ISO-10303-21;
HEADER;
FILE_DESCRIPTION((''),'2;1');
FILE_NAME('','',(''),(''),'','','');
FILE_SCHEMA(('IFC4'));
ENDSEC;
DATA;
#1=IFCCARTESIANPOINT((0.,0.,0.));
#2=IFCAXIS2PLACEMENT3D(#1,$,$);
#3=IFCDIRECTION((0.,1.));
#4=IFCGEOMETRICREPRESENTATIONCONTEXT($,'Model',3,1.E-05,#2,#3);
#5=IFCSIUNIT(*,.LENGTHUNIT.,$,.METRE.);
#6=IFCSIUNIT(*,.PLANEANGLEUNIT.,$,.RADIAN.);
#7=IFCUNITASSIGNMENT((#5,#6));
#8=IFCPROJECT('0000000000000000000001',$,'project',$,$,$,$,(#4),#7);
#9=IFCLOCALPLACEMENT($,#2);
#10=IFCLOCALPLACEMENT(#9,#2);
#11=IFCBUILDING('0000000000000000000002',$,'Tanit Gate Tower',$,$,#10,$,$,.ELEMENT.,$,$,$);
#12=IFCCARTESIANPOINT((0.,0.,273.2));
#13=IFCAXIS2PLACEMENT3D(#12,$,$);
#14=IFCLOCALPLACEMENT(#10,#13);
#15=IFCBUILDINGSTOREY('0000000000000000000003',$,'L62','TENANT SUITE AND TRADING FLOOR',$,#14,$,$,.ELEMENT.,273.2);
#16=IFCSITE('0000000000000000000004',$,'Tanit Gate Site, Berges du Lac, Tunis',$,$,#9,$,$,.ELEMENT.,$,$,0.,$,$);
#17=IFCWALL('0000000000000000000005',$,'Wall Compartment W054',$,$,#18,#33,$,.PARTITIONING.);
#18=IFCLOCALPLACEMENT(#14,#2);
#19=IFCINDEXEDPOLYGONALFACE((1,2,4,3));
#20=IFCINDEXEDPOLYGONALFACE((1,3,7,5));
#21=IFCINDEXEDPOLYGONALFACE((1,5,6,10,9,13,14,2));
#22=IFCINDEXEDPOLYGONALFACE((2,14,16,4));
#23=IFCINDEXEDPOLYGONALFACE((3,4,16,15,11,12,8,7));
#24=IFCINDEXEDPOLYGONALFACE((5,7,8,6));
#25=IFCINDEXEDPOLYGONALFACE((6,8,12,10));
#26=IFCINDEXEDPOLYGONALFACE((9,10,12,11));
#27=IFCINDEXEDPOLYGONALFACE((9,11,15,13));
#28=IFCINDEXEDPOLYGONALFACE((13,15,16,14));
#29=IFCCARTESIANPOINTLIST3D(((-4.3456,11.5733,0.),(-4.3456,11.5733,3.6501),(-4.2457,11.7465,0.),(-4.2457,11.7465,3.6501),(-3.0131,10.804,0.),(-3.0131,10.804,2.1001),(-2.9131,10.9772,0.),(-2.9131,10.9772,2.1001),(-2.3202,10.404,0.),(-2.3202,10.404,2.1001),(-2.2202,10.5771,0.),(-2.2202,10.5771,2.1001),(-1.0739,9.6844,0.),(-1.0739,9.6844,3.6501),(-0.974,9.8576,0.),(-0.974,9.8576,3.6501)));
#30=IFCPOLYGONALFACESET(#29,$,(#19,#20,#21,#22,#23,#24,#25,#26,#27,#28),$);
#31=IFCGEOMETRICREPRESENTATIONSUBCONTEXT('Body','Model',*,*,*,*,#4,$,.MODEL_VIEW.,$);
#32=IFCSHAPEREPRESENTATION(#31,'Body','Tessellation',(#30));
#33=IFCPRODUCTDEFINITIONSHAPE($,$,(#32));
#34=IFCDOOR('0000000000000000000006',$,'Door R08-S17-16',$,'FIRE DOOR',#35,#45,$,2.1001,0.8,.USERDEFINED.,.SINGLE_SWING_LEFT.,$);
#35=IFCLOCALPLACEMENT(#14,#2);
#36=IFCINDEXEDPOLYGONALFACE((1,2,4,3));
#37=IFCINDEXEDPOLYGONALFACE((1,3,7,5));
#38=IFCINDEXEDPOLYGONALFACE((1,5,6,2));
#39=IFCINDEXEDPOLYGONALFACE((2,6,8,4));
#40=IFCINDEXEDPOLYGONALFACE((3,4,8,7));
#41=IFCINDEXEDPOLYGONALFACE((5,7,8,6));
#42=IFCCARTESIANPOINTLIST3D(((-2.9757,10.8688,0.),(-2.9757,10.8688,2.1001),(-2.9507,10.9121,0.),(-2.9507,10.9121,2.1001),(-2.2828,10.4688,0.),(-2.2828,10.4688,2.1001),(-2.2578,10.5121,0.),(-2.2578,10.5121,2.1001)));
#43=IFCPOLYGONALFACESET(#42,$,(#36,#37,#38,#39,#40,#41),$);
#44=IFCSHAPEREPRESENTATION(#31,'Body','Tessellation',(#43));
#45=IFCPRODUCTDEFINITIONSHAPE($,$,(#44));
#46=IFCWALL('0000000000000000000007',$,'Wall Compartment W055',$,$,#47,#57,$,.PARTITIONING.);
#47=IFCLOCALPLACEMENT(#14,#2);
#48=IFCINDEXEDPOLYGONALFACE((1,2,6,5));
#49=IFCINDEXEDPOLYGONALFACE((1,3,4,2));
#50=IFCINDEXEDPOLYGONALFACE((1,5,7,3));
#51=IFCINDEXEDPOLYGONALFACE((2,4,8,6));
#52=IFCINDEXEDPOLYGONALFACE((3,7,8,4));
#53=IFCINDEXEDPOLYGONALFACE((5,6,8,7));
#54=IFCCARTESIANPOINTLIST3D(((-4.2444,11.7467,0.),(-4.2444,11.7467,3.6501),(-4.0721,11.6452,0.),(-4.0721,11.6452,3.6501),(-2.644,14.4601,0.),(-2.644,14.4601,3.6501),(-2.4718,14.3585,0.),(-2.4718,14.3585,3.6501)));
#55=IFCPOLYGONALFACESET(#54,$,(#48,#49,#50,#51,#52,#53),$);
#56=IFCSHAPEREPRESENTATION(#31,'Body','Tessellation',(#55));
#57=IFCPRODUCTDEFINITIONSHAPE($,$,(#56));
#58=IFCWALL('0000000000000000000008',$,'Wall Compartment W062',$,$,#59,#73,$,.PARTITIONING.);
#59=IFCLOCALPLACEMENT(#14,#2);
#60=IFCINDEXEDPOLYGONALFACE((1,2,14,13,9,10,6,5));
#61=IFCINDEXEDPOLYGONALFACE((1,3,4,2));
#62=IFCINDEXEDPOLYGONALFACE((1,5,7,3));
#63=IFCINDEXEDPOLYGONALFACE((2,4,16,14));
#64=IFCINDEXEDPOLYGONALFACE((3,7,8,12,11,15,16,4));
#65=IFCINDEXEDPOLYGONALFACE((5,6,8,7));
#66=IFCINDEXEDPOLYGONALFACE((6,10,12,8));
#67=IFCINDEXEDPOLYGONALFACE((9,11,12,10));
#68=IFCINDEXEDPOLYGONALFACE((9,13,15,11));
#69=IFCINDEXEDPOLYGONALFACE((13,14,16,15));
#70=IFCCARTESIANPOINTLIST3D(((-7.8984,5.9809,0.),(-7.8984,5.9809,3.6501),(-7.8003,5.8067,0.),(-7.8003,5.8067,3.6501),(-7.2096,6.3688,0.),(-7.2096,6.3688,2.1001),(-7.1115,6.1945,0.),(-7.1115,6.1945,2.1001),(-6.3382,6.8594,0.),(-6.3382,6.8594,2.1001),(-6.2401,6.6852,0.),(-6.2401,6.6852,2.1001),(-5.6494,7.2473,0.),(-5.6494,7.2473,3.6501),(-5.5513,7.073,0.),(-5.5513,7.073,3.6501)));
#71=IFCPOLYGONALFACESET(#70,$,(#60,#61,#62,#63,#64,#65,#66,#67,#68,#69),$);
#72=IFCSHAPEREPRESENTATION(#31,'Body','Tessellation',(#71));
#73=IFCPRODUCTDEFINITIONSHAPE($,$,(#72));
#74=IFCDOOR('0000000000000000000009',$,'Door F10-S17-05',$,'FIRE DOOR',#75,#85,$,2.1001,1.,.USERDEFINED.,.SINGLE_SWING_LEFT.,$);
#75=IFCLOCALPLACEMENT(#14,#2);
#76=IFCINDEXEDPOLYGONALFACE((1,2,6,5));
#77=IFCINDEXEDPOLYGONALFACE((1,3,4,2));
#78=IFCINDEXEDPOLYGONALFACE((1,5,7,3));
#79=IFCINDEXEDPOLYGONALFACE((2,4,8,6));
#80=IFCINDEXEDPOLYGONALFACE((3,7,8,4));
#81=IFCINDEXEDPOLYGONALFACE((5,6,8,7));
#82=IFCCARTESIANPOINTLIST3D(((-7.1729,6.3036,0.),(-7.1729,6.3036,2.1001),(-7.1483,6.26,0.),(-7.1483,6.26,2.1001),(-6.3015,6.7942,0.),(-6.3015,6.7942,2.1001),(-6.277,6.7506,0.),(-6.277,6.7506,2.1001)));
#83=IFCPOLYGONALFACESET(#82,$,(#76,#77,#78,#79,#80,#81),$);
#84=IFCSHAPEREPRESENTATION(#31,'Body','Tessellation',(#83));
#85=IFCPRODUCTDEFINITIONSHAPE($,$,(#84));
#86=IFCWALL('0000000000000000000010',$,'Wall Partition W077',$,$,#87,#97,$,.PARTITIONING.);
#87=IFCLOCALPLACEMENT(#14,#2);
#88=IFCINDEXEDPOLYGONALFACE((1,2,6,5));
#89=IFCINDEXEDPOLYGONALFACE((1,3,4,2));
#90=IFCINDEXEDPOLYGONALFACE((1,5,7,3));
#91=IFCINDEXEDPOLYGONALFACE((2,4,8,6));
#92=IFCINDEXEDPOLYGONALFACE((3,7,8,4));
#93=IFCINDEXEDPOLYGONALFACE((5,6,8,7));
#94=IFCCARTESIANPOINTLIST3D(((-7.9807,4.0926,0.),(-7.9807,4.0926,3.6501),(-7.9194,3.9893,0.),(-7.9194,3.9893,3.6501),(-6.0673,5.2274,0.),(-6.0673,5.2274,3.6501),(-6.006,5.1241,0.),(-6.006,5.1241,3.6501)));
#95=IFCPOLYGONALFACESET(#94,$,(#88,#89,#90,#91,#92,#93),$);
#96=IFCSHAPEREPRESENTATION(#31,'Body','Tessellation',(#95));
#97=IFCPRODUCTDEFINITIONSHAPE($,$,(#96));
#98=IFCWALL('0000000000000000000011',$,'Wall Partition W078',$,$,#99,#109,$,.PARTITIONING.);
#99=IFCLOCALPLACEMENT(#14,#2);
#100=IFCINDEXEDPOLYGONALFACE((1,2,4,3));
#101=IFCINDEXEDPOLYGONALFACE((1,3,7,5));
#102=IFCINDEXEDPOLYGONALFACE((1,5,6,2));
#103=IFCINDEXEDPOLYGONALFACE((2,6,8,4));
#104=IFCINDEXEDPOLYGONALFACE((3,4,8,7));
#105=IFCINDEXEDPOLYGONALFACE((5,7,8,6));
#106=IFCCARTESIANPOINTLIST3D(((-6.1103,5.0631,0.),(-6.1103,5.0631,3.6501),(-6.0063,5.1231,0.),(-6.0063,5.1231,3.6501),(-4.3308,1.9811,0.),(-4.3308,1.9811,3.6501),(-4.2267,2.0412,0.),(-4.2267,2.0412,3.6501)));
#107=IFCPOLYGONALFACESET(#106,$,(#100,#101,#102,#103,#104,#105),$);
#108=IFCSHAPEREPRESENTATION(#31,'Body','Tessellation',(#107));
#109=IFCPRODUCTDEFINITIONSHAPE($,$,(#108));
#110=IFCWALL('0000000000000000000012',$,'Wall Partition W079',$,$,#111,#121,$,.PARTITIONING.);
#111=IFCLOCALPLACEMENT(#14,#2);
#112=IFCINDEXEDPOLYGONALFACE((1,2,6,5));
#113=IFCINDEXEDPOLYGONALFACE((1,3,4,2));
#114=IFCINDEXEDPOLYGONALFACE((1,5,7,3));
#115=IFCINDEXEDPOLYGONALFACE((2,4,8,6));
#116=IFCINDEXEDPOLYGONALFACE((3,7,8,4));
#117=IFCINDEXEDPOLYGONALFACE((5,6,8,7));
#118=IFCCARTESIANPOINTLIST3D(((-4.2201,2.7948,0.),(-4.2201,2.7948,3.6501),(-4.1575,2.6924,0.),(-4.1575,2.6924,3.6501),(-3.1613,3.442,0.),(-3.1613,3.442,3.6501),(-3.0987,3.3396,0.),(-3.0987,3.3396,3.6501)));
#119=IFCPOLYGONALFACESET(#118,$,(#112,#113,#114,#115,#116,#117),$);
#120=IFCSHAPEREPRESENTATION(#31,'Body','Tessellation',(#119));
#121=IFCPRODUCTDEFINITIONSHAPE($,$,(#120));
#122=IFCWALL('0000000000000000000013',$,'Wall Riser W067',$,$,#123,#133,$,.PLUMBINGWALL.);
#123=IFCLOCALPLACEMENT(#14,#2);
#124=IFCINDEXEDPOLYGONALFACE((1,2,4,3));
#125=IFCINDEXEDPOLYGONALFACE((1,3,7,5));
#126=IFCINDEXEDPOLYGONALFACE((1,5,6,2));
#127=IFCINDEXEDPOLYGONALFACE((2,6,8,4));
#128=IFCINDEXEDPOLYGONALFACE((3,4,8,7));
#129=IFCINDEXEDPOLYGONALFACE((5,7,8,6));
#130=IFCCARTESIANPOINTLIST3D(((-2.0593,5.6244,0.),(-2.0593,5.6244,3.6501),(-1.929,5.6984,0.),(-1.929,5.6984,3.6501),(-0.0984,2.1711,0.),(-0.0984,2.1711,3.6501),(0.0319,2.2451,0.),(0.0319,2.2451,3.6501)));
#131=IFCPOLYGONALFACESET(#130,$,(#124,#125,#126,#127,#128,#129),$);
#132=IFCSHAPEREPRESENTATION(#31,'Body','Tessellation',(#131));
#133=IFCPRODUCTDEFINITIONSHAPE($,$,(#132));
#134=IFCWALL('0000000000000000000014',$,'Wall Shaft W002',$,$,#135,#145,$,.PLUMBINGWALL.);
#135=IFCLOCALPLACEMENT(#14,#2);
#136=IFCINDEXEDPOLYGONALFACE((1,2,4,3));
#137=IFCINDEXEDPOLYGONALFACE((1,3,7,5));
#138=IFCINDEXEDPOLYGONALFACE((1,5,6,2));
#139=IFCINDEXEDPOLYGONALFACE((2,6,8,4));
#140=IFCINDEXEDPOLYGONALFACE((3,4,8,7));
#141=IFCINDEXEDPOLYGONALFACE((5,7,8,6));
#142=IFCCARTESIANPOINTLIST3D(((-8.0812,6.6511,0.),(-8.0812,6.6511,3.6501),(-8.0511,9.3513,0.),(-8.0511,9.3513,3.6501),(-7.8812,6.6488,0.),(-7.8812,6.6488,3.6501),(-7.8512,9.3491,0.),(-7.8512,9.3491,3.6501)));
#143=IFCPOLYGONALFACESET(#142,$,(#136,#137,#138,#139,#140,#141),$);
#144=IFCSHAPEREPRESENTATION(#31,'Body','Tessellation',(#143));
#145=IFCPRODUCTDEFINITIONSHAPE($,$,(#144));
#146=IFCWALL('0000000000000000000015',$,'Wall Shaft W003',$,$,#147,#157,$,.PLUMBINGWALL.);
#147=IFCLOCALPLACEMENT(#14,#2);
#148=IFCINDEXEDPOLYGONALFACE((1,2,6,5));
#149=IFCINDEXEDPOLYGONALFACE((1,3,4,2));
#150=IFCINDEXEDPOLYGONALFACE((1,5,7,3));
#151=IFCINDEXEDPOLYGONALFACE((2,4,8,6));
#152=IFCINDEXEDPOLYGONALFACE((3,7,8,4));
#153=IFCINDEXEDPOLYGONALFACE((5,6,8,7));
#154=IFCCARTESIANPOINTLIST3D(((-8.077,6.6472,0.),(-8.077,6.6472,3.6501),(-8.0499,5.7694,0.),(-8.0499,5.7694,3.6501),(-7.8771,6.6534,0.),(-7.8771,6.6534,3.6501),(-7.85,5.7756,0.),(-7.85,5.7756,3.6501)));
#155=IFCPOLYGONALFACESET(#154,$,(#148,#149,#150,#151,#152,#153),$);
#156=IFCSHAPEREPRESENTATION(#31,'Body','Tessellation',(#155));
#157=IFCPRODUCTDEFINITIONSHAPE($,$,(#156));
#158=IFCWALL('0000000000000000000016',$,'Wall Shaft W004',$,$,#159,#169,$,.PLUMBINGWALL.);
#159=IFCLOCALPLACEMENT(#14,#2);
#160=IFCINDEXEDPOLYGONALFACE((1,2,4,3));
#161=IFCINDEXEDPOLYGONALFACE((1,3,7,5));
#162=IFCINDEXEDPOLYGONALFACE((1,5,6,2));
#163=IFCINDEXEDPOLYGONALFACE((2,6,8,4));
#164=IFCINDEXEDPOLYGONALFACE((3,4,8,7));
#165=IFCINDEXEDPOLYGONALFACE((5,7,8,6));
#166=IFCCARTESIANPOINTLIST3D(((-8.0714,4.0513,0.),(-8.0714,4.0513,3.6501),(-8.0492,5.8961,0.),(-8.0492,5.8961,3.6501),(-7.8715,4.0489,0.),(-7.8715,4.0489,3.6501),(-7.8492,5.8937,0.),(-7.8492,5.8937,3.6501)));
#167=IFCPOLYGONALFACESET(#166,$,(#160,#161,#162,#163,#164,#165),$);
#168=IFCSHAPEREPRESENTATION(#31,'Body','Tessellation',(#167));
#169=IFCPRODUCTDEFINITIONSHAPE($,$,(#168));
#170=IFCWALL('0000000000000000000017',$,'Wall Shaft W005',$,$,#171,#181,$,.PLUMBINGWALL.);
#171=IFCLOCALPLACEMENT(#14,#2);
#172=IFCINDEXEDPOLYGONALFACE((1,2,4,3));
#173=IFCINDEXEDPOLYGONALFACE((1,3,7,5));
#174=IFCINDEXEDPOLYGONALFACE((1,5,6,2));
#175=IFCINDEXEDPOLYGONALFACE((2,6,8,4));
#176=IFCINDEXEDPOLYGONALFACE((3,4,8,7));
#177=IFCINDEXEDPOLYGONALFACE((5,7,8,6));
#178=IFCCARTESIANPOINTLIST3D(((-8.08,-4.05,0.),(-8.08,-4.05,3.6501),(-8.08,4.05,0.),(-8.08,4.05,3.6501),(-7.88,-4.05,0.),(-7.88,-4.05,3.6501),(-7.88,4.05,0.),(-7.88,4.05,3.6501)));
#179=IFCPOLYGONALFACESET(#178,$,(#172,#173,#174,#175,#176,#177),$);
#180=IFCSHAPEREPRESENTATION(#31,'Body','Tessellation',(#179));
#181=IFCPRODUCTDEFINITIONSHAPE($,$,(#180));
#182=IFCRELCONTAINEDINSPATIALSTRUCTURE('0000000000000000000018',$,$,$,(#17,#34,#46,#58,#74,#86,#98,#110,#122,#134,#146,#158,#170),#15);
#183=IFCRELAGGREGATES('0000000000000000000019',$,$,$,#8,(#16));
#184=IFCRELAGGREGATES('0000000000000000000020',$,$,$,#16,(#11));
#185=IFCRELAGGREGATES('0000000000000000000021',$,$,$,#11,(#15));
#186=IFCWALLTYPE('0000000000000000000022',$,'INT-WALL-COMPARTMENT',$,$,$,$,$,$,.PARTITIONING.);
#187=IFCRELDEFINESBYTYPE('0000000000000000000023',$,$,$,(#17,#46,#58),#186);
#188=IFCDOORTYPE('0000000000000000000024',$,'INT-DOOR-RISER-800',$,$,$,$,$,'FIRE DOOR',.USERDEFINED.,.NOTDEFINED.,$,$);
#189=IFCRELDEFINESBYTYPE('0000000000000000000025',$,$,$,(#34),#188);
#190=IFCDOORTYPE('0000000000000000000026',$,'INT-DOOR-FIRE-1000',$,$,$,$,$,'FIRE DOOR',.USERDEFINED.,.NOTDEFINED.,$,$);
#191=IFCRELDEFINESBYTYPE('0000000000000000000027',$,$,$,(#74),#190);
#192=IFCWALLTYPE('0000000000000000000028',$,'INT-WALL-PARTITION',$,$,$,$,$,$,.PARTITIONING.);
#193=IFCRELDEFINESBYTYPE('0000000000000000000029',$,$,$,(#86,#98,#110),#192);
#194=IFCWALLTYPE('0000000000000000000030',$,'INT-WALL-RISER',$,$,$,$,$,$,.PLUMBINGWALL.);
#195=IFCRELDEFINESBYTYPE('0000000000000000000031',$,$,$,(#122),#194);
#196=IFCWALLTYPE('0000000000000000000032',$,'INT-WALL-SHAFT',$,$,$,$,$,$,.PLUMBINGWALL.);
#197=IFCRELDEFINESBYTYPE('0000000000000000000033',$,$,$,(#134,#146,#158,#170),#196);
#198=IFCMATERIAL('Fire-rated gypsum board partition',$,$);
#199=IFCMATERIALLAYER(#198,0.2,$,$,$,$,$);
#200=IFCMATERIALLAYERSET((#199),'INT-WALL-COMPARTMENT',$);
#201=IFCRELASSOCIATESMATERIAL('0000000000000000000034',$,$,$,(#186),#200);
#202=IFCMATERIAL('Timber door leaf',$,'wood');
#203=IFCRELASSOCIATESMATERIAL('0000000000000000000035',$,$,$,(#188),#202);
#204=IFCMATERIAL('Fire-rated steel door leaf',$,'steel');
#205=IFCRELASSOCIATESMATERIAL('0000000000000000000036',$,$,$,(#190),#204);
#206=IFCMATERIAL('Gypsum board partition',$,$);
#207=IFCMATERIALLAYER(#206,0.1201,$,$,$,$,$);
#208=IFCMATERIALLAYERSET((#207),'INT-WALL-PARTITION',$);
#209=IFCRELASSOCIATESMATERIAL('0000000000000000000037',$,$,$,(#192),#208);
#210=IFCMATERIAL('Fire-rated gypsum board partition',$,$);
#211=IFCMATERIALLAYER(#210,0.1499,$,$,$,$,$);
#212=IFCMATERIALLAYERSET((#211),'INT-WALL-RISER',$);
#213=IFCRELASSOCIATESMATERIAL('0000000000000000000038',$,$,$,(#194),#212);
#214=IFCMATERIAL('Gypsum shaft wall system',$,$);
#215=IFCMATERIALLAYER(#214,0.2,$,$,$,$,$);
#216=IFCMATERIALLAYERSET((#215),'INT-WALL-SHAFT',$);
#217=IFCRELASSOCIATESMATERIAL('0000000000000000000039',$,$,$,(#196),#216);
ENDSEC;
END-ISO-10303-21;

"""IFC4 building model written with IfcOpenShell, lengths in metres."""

from ifc_helpers import new_model, si_unit, direction, frame, frame_2d, origin, place, context, subcontext, project, spatial, rectangle, extrude, material, layer, layer_set, type_object, element, fill, save


model = new_model("IFC4")

# Units and contexts
model_context = context("Model", 3, precision=1e-05, world=origin(), true_north=direction((0.0, 1.0)))
body_context = subcontext(model_context, "Body", "Model", "MODEL_VIEW")
ifc_project = project(units=[si_unit("LENGTHUNIT", "METRE"), si_unit("PLANEANGLEUNIT", "RADIAN")], contexts=[model_context])

# Site, building, storey
site_placement = place(None, origin())
site = spatial("IfcSite", under=ifc_project, at=site_placement, Name="Tanit Gate Site, Berges du Lac, Tunis", CompositionType="ELEMENT", RefElevation=0.0)
building_placement = place(site_placement, origin())
building = spatial("IfcBuilding", under=site, at=building_placement, Name="Tanit Gate Tower", CompositionType="ELEMENT")
storey_placement = place(building_placement, frame((0.0, 0.0, 273.2)))
storey = spatial("IfcBuildingStorey", under=building, at=storey_placement, Name="L62", Description="TENANT SUITE AND TRADING FLOOR", CompositionType="ELEMENT", Elevation=273.2)

# Wall, opening, door
ifc_material_1 = material(Name="Fire-rated gypsum board partition")
ifc_layer_1 = layer(ifc_material_1, 0.2)
ifc_layer_set_1 = layer_set([ifc_layer_1], Name="INT-WALL-COMPARTMENT")
wall_type_1 = type_object("IfcWallType", Name="INT-WALL-COMPARTMENT", PredefinedType="PARTITIONING", material=ifc_layer_set_1)
wall_1_placement = place(storey_placement, frame((-4.2957, 11.6599, 0.0), z_axis=(0.0, 0.0, 1.0), x_axis=(0.866027, -0.499997, 0.0)))
wall_1 = element("IfcWall", 1, at=wall_1_placement, inside=storey, type_object=wall_type_1, Name="Wall Compartment W054", PredefinedType="PARTITIONING", context=body_context, shape_type="SweptSolid", body=[
    extrude(rectangle(XDim=3.7778, YDim=0.2, at=frame_2d((1.8889, 0.0))), origin(), (0.0, 0.0, 1.0), 3.6501),
])
opening_1_placement = place(wall_1_placement, frame((1.5388, 0.0, 0.0)))
opening_1 = element("IfcOpeningElement", 2, at=opening_1_placement, cuts=wall_1, PredefinedType="OPENING", context=body_context, shape_type="SweptSolid", body=[
    extrude(rectangle(XDim=0.8, YDim=2.1001, at=frame_2d((0.3999, 1.05))), frame((0.0, 0.1099, 0.0), z_axis=(0.0, -1.0, 0.0), x_axis=(1.0, 0.0, 0.0)), (0.0, 0.0, 1.0), 0.22),
])
ifc_material_2 = material(Name="Timber door leaf", Category="wood")
door_type_1 = type_object("IfcDoorType", Name="INT-DOOR-RISER-800", ElementType="FIRE DOOR", OperationType="NOTDEFINED", PredefinedType="USERDEFINED", material=ifc_material_2)
door_1_placement = place(opening_1_placement, origin())
door_1 = element("IfcDoor", 3, at=door_1_placement, inside=storey, type_object=door_type_1, Name="Door R08-S17-16", ObjectType="FIRE DOOR", OperationType="SINGLE_SWING_LEFT", OverallHeight=2.1001, OverallWidth=0.8, PredefinedType="USERDEFINED", context=body_context, shape_type="SweptSolid", body=[
    extrude(rectangle(XDim=0.8, YDim=2.1001, at=frame_2d((0.3999, 1.05))), frame((0.0, 0.0249, 0.0), z_axis=(0.0, -1.0, 0.0), x_axis=(1.0, 0.0, 0.0)), (0.0, 0.0, 1.0), 0.05),
])
fill(opening_1, door_1)

# Wall
wall_2_placement = place(storey_placement, frame((-2.5579, 14.4094, 0.0), z_axis=(0.0, 0.0, 1.0), x_axis=(-0.508019, -0.861346, 0.0)))
element("IfcWall", 4, at=wall_2_placement, inside=storey, type_object=wall_type_1, Name="Wall Compartment W055", PredefinedType="PARTITIONING", context=body_context, shape_type="SweptSolid", body=[
    extrude(rectangle(XDim=3.1501, YDim=0.2, at=frame_2d((1.5752, 0.0))), origin(), (0.0, 0.0, 1.0), 3.6501),
])

# Wall, opening, door
wall_3_placement = place(storey_placement, frame((-5.6003, 7.1602, 0.0), z_axis=(0.0, 0.0, 1.0), x_axis=(-0.871363, -0.490638, 0.0)))
wall_3 = element("IfcWall", 5, at=wall_3_placement, inside=storey, type_object=wall_type_1, Name="Wall Compartment W062", PredefinedType="PARTITIONING", context=body_context, shape_type="SweptSolid", body=[
    extrude(rectangle(XDim=2.5811, YDim=0.2, at=frame_2d((1.2905, 0.0))), origin(), (0.0, 0.0, 1.0), 3.6501),
])
opening_2_placement = place(wall_3_placement, frame((0.7905, 0.0, 0.0)))
opening_2 = element("IfcOpeningElement", 6, at=opening_2_placement, cuts=wall_3, PredefinedType="OPENING", context=body_context, shape_type="SweptSolid", body=[
    extrude(rectangle(XDim=1.0, YDim=2.1001, at=frame_2d((0.5, 1.05))), frame((0.0, 0.1099, 0.0), z_axis=(0.0, -1.0, 0.0), x_axis=(1.0, 0.0, 0.0)), (0.0, 0.0, 1.0), 0.22),
])
ifc_material_3 = material(Name="Fire-rated steel door leaf", Category="steel")
door_type_2 = type_object("IfcDoorType", Name="INT-DOOR-FIRE-1000", ElementType="FIRE DOOR", OperationType="NOTDEFINED", PredefinedType="USERDEFINED", material=ifc_material_3)
door_2_placement = place(opening_2_placement, origin())
door_2 = element("IfcDoor", 7, at=door_2_placement, inside=storey, type_object=door_type_2, Name="Door F10-S17-05", ObjectType="FIRE DOOR", OperationType="SINGLE_SWING_LEFT", OverallHeight=2.1001, OverallWidth=1.0, PredefinedType="USERDEFINED", context=body_context, shape_type="SweptSolid", body=[
    extrude(rectangle(XDim=1.0, YDim=2.1001, at=frame_2d((0.5, 1.05))), frame((0.0, 0.0249, 0.0), z_axis=(0.0, -1.0, 0.0), x_axis=(1.0, 0.0, 0.0)), (0.0, 0.0, 1.0), 0.05),
])
fill(opening_2, door_2)

# Walls
ifc_material_4 = material(Name="Gypsum board partition")
ifc_layer_2 = layer(ifc_material_4, 0.1201)
ifc_layer_set_2 = layer_set([ifc_layer_2], Name="INT-WALL-PARTITION")
wall_type_2 = type_object("IfcWallType", Name="INT-WALL-PARTITION", PredefinedType="PARTITIONING", material=ifc_layer_set_2)
wall_4_placement = place(storey_placement, frame((-6.0366, 5.1758, 0.0), z_axis=(0.0, 0.0, 1.0), x_axis=(-0.860106, -0.510115, 0.0)))
element("IfcWall", 8, at=wall_4_placement, inside=storey, type_object=wall_type_2, Name="Wall Partition W077", PredefinedType="PARTITIONING", context=body_context, shape_type="SweptSolid", body=[
    extrude(rectangle(XDim=2.2246, YDim=0.1201, at=frame_2d((1.1123, 0.0))), origin(), (0.0, 0.0, 1.0), 3.6501),
])
wall_5_placement = place(storey_placement, frame((-4.2788, 2.0112, 0.0), z_axis=(0.0, 0.0, 1.0), x_axis=(-0.500027, 0.86601, 0.0)))
element("IfcWall", 9, at=wall_5_placement, inside=storey, type_object=wall_type_2, Name="Wall Partition W078", PredefinedType="PARTITIONING", context=body_context, shape_type="SweptSolid", body=[
    extrude(rectangle(XDim=3.5588, YDim=0.1201, at=frame_2d((1.7793, 0.0))), origin(), (0.0, 0.0, 1.0), 3.6501),
])
wall_6_placement = place(storey_placement, frame((-3.1299, 3.3909, 0.0), z_axis=(0.0, 0.0, 1.0), x_axis=(-0.853228, -0.521538, 0.0)))
element("IfcWall", 10, at=wall_6_placement, inside=storey, type_object=wall_type_2, Name="Wall Partition W079", PredefinedType="PARTITIONING", context=body_context, shape_type="SweptSolid", body=[
    extrude(rectangle(XDim=1.241, YDim=0.1201, at=frame_2d((0.6206, 0.0))), origin(), (0.0, 0.0, 1.0), 3.6501),
])
ifc_material_5 = material(Name="Fire-rated gypsum board partition")
ifc_layer_3 = layer(ifc_material_5, 0.1499)
ifc_layer_set_3 = layer_set([ifc_layer_3], Name="INT-WALL-RISER")
wall_type_3 = type_object("IfcWallType", Name="INT-WALL-RISER", PredefinedType="PLUMBINGWALL", material=ifc_layer_set_3)
wall_7_placement = place(storey_placement, frame((-1.9941, 5.6614, 0.0), z_axis=(0.0, 0.0, 1.0), x_axis=(0.49378, -0.869587, 0.0)))
element("IfcWall", 11, at=wall_7_placement, inside=storey, type_object=wall_type_3, Name="Wall Riser W067", PredefinedType="PLUMBINGWALL", context=body_context, shape_type="SweptSolid", body=[
    extrude(rectangle(XDim=3.9712, YDim=0.1499, at=frame_2d((1.9856, 0.0))), origin(), (0.0, 0.0, 1.0), 3.6501),
])
ifc_material_6 = material(Name="Gypsum shaft wall system")
ifc_layer_4 = layer(ifc_material_6, 0.2)
ifc_layer_set_4 = layer_set([ifc_layer_4], Name="INT-WALL-SHAFT")
wall_type_4 = type_object("IfcWallType", Name="INT-WALL-SHAFT", PredefinedType="PLUMBINGWALL", material=ifc_layer_set_4)
wall_8_placement = place(storey_placement, frame((-7.9512, 9.3501, 0.0), z_axis=(0.0, 0.0, 1.0), x_axis=(-0.01112, -0.999938, 0.0)))
element("IfcWall", 12, at=wall_8_placement, inside=storey, type_object=wall_type_4, Name="Wall Shaft W002", PredefinedType="PLUMBINGWALL", context=body_context, shape_type="SweptSolid", body=[
    extrude(rectangle(XDim=2.7004, YDim=0.2, at=frame_2d((1.3501, 0.0))), origin(), (0.0, 0.0, 1.0), 3.6501),
])
wall_9_placement = place(storey_placement, frame((-7.9771, 6.6501, 0.0), z_axis=(0.0, 0.0, 1.0), x_axis=(0.030862, -0.999524, 0.0)))
element("IfcWall", 13, at=wall_9_placement, inside=storey, type_object=wall_type_4, Name="Wall Shaft W003", PredefinedType="PLUMBINGWALL", context=body_context, shape_type="SweptSolid", body=[
    extrude(rectangle(XDim=0.8782, YDim=0.2, at=frame_2d((0.439, 0.0))), origin(), (0.0, 0.0, 1.0), 3.6501),
])
wall_10_placement = place(storey_placement, frame((-7.9492, 5.8948, 0.0), z_axis=(0.0, 0.0, 1.0), x_axis=(-0.012043, -0.999927, 0.0)))
element("IfcWall", 14, at=wall_10_placement, inside=storey, type_object=wall_type_4, Name="Wall Shaft W004", PredefinedType="PLUMBINGWALL", context=body_context, shape_type="SweptSolid", body=[
    extrude(rectangle(XDim=1.845, YDim=0.2, at=frame_2d((0.9224, 0.0))), origin(), (0.0, 0.0, 1.0), 3.6501),
])
wall_11_placement = place(storey_placement, frame((-7.98, 4.05, 0.0), z_axis=(0.0, 0.0, 1.0), x_axis=(0.0, -1.0, 0.0)))
element("IfcWall", 15, at=wall_11_placement, inside=storey, type_object=wall_type_4, Name="Wall Shaft W005", PredefinedType="PLUMBINGWALL", context=body_context, shape_type="SweptSolid", body=[
    extrude(rectangle(XDim=8.1001, YDim=0.2, at=frame_2d((4.05, 0.0))), origin(), (0.0, 0.0, 1.0), 3.6501),
])

save(model, "model.ifc")
